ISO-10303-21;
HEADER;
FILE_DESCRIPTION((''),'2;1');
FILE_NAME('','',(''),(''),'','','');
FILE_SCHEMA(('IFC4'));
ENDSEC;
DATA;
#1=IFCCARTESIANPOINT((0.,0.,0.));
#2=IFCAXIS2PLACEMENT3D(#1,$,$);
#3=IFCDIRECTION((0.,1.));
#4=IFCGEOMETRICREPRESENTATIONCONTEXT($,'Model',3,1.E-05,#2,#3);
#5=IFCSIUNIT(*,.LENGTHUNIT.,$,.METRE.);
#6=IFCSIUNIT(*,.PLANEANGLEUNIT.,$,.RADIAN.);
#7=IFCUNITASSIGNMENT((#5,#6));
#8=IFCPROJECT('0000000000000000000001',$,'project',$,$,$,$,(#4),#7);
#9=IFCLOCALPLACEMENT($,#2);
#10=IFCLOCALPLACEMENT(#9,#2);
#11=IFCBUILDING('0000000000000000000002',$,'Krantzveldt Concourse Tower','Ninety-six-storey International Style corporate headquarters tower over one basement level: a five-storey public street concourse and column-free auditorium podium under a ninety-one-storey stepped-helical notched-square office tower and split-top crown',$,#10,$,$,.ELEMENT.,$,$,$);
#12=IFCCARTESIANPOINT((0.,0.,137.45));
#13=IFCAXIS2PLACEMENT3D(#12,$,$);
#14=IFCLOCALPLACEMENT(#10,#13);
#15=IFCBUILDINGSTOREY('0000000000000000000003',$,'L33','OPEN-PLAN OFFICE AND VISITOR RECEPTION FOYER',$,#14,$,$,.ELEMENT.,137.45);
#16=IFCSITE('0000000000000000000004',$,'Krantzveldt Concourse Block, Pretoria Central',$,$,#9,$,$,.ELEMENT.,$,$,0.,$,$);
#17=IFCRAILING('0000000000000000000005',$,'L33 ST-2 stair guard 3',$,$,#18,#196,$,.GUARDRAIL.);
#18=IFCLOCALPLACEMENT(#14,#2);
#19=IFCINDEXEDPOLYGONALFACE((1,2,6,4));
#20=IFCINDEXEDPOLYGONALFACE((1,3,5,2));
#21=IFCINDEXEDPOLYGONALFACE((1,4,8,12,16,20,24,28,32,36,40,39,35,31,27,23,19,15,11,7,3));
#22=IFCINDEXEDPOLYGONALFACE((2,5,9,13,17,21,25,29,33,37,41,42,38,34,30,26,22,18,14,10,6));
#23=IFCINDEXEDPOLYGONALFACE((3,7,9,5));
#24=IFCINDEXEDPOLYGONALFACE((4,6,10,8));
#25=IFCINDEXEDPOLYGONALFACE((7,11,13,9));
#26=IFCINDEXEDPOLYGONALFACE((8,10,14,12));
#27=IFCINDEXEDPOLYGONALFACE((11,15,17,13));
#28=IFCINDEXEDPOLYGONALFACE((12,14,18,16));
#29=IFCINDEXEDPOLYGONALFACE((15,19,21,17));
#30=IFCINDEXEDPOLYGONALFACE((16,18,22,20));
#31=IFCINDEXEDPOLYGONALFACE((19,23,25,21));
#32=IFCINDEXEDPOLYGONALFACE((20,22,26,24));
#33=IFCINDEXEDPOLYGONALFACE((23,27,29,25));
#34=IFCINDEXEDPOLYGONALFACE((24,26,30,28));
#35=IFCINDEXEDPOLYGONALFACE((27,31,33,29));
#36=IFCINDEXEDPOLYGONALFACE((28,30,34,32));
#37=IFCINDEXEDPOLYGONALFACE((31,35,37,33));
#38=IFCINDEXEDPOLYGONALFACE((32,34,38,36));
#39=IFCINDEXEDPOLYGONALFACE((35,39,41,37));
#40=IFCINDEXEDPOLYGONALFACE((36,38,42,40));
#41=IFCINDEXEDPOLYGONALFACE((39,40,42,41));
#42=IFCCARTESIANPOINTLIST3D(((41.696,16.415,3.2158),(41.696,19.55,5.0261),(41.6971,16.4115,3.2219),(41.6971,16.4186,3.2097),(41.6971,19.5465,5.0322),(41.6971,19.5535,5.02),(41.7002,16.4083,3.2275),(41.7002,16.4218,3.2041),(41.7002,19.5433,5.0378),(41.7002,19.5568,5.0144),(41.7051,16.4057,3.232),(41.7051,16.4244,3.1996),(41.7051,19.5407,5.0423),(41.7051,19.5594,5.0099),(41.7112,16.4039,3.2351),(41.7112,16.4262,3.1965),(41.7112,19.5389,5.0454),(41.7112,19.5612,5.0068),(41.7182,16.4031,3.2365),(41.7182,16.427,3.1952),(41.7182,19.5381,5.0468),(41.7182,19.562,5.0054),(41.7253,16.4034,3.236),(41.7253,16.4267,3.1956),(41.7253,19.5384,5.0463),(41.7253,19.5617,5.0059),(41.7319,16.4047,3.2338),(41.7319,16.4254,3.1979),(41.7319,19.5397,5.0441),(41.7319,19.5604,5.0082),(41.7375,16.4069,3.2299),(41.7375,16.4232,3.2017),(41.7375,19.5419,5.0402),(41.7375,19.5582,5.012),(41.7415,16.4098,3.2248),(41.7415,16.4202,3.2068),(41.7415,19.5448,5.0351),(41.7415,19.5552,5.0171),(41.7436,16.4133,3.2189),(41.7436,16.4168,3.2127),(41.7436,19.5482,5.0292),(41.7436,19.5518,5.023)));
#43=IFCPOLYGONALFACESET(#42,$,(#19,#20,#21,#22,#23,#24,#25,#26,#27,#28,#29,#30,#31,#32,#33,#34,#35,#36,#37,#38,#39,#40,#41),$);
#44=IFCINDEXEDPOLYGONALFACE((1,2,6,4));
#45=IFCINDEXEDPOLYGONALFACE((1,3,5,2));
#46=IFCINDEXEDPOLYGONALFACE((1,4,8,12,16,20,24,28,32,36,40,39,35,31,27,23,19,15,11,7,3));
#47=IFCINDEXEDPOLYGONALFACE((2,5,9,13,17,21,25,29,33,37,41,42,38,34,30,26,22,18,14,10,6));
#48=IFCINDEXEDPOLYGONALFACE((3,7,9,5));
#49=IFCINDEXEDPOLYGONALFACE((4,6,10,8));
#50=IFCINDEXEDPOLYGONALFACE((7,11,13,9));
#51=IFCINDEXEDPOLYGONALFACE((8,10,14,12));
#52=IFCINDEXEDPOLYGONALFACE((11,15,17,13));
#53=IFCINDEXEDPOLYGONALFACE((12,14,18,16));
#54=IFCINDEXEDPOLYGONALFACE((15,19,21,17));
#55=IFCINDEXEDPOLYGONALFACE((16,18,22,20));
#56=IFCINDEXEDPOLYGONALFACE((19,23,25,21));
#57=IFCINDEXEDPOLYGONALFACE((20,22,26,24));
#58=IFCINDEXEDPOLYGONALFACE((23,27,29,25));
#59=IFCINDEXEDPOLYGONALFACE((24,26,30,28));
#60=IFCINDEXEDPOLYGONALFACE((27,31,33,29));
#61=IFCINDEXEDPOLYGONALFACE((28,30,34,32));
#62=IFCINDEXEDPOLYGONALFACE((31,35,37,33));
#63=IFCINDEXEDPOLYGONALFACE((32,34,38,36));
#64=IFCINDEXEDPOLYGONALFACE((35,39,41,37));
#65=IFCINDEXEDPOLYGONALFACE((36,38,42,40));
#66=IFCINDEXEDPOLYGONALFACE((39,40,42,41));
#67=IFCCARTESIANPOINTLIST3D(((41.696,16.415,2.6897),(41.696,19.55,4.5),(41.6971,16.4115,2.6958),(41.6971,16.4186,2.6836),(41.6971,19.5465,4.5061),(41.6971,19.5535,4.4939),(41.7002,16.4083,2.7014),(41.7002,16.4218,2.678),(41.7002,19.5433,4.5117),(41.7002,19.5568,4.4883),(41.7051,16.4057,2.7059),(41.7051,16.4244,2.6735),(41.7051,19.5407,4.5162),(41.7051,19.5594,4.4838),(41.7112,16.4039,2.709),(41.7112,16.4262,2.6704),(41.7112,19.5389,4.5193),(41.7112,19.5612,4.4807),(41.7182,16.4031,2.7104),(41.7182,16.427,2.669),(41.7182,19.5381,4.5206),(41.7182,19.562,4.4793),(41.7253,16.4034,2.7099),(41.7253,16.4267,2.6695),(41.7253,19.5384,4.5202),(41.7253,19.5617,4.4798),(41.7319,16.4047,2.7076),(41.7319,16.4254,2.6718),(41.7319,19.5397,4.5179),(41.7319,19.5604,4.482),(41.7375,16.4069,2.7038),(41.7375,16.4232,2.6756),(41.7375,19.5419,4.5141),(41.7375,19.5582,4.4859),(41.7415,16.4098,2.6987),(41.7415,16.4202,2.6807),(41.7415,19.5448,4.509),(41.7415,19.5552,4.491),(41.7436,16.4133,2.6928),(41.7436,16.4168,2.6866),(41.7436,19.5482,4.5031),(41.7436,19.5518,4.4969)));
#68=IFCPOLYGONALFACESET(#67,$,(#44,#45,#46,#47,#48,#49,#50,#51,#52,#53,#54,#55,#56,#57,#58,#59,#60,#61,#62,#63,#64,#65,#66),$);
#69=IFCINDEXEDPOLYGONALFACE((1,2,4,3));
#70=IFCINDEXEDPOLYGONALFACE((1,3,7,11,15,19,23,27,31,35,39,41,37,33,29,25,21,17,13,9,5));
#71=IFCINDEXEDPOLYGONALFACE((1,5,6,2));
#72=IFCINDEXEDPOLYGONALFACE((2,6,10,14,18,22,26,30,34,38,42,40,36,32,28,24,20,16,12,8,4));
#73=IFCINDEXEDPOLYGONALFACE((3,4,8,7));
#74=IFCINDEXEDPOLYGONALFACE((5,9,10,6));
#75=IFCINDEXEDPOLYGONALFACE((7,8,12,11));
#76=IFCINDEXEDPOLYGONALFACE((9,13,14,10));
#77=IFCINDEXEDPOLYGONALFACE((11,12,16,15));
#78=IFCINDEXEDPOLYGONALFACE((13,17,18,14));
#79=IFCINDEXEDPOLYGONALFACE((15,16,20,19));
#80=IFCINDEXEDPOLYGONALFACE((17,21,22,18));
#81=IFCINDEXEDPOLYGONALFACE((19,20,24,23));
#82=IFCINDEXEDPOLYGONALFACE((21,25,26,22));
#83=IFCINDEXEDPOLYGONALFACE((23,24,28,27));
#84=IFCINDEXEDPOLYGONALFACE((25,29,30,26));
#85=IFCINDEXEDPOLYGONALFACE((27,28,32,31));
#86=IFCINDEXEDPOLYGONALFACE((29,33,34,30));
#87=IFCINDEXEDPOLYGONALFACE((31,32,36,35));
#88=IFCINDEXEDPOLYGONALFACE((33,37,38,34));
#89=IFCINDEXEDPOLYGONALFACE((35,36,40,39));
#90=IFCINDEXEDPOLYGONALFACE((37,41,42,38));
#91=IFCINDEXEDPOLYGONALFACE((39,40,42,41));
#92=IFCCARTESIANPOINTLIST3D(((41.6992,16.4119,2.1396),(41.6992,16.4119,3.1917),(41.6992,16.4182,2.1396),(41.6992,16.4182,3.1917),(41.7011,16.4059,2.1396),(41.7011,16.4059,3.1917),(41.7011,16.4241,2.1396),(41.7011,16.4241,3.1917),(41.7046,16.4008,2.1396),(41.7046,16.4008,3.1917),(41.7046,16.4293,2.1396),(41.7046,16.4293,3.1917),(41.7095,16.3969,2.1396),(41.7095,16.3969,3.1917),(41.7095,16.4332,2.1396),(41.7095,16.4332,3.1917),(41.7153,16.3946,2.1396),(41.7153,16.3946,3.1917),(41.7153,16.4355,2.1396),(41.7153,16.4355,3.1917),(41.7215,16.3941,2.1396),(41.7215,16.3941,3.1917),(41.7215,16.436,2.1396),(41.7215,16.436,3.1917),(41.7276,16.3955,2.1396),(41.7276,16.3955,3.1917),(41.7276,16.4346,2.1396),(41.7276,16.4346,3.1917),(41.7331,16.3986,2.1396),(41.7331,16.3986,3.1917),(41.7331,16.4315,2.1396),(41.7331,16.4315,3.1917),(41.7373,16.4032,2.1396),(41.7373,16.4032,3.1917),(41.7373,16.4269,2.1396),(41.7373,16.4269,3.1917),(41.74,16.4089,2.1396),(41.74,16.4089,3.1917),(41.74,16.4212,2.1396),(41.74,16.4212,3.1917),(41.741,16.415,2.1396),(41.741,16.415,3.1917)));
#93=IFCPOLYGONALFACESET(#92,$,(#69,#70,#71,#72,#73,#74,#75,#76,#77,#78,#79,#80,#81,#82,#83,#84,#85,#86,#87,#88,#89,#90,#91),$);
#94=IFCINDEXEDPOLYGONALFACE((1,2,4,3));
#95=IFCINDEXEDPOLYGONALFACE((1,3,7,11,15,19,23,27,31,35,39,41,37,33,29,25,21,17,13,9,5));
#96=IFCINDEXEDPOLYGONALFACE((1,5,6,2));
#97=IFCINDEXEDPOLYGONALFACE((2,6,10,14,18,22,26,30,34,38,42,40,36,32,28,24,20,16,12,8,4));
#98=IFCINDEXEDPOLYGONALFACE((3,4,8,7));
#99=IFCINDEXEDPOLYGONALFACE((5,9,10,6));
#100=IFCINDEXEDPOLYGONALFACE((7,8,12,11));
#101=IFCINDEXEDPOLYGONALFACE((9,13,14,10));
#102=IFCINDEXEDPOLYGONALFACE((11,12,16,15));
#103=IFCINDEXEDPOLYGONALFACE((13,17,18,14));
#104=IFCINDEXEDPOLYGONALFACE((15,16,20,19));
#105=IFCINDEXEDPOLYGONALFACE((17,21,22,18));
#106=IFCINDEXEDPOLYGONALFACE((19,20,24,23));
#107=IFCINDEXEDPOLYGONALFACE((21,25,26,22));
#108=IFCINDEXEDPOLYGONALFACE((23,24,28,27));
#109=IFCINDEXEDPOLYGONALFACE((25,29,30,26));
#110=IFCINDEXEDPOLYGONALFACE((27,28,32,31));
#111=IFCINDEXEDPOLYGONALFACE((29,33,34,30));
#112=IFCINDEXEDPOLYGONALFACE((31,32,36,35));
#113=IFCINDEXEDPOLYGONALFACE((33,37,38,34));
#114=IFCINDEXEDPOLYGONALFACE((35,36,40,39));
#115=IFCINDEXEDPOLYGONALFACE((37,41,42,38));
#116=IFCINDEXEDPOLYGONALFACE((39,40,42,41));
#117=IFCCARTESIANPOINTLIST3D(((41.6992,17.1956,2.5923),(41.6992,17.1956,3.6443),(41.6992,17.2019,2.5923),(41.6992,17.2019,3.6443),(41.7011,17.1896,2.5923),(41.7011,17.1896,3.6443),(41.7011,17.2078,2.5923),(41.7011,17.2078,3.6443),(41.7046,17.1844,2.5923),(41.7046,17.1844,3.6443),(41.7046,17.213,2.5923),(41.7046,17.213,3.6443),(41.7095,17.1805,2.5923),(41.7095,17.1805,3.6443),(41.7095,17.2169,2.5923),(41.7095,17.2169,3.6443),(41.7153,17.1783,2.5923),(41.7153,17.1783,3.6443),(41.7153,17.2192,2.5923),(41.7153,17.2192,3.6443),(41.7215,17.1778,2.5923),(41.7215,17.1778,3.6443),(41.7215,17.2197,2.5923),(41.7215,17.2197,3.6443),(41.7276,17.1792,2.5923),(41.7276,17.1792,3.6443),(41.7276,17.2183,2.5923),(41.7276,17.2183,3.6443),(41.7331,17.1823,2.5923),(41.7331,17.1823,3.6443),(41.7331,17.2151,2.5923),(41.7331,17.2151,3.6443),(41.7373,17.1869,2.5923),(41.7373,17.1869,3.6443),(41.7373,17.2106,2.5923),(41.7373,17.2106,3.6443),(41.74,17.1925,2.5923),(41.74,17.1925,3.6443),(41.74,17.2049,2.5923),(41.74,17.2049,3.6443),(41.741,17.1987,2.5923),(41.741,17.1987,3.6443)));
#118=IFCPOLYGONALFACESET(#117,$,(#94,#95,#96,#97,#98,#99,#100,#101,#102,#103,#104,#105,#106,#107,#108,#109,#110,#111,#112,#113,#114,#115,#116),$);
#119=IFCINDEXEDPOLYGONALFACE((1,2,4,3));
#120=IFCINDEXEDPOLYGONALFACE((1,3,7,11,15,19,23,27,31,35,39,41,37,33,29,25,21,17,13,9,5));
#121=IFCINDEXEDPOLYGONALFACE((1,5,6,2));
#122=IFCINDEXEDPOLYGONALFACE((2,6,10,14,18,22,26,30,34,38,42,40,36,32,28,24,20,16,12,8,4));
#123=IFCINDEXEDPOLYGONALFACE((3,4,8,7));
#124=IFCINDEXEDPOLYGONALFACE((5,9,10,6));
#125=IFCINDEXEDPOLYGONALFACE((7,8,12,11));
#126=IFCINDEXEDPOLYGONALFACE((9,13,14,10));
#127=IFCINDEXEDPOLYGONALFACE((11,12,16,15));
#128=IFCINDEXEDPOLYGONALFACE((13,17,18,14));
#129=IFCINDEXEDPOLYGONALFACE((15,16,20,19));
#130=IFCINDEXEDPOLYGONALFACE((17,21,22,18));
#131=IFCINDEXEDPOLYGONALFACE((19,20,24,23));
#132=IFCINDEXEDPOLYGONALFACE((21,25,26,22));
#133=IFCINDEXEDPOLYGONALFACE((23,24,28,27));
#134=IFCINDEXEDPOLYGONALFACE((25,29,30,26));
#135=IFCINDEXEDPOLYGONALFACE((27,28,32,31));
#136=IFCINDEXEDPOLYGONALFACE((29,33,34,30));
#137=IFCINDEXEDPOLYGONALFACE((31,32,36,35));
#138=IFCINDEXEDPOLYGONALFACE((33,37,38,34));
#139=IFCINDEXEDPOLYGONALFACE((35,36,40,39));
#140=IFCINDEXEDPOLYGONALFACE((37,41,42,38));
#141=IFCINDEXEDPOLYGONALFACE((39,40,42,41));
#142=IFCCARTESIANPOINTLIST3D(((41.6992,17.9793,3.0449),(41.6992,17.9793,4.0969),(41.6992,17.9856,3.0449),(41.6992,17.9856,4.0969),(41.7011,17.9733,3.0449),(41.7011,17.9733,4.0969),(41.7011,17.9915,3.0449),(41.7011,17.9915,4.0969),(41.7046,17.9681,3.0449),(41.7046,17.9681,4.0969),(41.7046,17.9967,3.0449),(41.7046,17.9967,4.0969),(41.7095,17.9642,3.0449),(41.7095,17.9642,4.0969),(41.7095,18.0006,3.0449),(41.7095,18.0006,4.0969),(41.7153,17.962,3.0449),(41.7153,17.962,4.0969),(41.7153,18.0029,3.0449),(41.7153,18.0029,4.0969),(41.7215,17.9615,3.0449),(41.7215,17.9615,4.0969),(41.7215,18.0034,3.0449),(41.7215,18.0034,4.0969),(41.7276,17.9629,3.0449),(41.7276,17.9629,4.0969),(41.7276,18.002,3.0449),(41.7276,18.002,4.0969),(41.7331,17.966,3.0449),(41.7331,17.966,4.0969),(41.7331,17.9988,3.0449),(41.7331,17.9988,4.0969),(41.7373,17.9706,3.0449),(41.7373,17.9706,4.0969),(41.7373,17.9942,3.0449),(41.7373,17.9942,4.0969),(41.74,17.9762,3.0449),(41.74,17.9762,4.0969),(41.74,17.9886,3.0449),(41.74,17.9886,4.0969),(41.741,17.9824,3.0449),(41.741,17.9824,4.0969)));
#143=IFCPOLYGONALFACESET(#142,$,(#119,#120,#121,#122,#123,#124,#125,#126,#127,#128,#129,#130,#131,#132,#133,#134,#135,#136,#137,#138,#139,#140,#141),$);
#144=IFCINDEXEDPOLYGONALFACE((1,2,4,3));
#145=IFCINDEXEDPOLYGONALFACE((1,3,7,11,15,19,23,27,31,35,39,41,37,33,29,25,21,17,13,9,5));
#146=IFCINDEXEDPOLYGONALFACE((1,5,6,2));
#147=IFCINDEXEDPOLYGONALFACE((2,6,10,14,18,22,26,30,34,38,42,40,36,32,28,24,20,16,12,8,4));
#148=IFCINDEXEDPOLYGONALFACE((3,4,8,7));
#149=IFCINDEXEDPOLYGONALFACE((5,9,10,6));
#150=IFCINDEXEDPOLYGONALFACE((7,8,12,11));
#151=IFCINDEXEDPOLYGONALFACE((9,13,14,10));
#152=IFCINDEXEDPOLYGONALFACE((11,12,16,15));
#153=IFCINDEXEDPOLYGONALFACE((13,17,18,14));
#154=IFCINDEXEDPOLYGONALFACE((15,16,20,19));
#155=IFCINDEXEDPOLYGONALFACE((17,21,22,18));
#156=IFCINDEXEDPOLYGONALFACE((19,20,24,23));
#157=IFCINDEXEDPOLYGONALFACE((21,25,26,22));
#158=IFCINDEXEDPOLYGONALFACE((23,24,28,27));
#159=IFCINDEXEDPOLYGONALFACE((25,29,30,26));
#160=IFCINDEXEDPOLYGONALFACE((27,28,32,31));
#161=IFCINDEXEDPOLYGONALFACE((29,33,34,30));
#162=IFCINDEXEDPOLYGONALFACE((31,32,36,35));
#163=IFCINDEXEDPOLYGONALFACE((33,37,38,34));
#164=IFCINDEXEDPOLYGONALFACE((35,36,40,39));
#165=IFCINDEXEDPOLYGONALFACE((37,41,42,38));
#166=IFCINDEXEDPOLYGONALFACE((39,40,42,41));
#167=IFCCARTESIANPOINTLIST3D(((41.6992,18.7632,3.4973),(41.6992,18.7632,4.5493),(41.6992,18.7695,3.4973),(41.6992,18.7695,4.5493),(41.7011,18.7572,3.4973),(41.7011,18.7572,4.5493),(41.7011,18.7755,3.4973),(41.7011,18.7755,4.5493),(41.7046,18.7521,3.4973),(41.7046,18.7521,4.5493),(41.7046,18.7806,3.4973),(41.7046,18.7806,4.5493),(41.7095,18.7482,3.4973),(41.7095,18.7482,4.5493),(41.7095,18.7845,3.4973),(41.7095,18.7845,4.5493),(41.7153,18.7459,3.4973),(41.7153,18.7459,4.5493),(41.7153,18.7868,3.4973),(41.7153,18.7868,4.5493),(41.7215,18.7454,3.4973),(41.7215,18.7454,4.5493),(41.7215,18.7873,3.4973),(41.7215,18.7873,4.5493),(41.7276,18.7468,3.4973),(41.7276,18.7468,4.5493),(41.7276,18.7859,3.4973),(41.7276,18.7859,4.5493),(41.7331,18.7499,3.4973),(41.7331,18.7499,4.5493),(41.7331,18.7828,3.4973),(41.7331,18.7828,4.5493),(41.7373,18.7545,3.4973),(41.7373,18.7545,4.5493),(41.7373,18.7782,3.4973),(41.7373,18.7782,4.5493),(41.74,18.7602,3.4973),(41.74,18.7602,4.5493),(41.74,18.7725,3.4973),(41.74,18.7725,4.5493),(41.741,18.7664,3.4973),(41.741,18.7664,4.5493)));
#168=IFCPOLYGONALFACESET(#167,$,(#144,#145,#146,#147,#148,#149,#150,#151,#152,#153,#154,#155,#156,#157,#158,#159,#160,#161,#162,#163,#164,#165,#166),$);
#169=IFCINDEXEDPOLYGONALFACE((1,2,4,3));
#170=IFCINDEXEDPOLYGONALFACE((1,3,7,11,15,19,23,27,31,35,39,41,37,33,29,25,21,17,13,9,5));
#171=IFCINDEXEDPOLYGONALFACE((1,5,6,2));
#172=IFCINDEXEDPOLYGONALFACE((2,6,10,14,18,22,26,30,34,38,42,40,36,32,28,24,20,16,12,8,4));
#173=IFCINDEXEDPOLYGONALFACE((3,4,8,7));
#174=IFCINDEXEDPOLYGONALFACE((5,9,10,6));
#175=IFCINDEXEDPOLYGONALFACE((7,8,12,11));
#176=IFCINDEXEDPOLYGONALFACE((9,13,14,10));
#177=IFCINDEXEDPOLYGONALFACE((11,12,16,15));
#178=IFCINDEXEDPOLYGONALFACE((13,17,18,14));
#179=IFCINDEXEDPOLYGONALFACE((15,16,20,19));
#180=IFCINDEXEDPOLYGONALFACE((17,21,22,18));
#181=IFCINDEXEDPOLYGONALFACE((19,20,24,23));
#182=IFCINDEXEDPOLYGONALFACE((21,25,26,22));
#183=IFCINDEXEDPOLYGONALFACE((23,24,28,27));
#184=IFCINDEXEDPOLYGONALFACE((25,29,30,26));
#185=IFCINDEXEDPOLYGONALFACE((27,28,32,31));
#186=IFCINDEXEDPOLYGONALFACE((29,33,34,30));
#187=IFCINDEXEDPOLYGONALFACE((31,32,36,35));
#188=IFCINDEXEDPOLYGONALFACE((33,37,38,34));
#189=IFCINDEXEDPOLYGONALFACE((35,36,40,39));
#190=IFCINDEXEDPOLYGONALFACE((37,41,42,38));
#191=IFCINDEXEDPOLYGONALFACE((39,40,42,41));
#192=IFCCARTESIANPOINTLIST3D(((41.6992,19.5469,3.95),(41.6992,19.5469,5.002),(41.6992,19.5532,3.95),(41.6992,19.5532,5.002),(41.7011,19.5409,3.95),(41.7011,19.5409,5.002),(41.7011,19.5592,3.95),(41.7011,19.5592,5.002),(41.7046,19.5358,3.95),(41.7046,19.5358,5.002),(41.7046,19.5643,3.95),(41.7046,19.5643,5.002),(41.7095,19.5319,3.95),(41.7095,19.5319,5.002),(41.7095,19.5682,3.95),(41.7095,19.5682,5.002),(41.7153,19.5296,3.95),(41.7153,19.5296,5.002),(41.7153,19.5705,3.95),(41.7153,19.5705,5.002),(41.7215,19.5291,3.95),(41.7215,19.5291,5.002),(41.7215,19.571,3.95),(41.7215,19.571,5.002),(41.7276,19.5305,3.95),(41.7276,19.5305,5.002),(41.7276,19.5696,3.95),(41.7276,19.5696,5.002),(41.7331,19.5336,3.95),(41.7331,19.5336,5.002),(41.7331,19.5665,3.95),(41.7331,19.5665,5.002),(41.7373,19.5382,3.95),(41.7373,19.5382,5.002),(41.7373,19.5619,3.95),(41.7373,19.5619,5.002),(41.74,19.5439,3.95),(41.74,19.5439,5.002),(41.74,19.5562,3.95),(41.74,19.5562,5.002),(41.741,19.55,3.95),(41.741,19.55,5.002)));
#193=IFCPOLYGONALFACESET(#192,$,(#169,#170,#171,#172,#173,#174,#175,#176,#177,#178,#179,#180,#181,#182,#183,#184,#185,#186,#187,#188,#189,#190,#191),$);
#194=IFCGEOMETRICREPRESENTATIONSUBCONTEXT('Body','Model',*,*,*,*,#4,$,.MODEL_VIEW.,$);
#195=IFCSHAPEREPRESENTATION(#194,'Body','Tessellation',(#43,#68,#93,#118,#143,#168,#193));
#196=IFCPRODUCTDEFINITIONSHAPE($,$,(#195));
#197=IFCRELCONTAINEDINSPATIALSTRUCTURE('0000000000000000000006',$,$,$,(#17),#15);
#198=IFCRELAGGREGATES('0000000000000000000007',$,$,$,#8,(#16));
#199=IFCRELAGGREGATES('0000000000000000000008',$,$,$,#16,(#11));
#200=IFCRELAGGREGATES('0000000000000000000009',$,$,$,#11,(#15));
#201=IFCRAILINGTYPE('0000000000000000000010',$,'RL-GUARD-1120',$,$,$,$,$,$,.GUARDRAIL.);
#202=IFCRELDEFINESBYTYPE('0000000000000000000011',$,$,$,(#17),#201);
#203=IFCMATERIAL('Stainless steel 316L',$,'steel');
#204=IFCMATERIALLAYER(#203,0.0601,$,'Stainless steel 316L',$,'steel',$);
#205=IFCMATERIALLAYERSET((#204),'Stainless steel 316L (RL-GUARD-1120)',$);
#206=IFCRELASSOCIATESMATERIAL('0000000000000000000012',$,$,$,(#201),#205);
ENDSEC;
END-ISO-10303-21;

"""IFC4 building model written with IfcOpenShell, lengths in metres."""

from ifc_helpers import new_model, si_unit, direction, frame, origin, origin_2d, place, context, subcontext, project, spatial, circle, extrude, material, layer, layer_set, type_object, element, save


model = new_model("IFC4")

# Units and contexts
model_context = context("Model", 3, precision=1e-05, world=origin(), true_north=direction((0.0, 1.0)))
body_context = subcontext(model_context, "Body", "Model", "MODEL_VIEW")
ifc_project = project(units=[si_unit("LENGTHUNIT", "METRE"), si_unit("PLANEANGLEUNIT", "RADIAN")], contexts=[model_context])

# Site, building, storey
site_placement = place(None, origin())
site = spatial("IfcSite", under=ifc_project, at=site_placement, Name="Krantzveldt Concourse Block, Pretoria Central", CompositionType="ELEMENT", RefElevation=0.0)
building_placement = place(site_placement, origin())
building = spatial("IfcBuilding", under=site, at=building_placement, Name="Krantzveldt Concourse Tower", Description="Ninety-six-storey International Style corporate headquarters tower over one basement level: a five-storey public street concourse and column-free auditorium podium under a ninety-one-storey stepped-helical notched-square office tower and split-top crown", CompositionType="ELEMENT")
storey_placement = place(building_placement, frame((0.0, 0.0, 137.45)))
storey = spatial("IfcBuildingStorey", under=building, at=storey_placement, Name="L33", Description="OPEN-PLAN OFFICE AND VISITOR RECEPTION FOYER", CompositionType="ELEMENT", Elevation=137.45)

# Shared definitions
ifc_material_1 = material(Name="Stainless steel 316L", Category="steel")

# Railing
ifc_layer_1 = layer(ifc_material_1, 0.0601, Name="Stainless steel 316L", Category="steel")
ifc_layer_set_1 = layer_set([ifc_layer_1], Name="Stainless steel 316L (RL-GUARD-1120)")
railing_type_1 = type_object("IfcRailingType", Name="RL-GUARD-1120", PredefinedType="GUARDRAIL", material=ifc_layer_set_1)
railing_1_placement = place(storey_placement, frame((41.72, 16.415, 2.1396)))
element("IfcRailing", 1, at=railing_1_placement, inside=storey, type_object=railing_type_1, Name="L33 ST-2 stair guard 3", PredefinedType="GUARDRAIL", context=body_context, shape_type="SweptSolid", body=[
    extrude(circle(Radius=0.0239, at=origin_2d()), frame((0.0, 0.0, 1.0762), z_axis=(0.0, 0.865989, 0.500063), x_axis=(-1.0, 0.0, 0.0)), (0.0, 0.0, 1.0), 3.6201),
    extrude(circle(Radius=0.0239, at=origin_2d()), frame((0.0, 0.0, 0.55), z_axis=(0.0, 0.865989, 0.500063), x_axis=(-1.0, 0.0, 0.0)), (0.0, 0.0, 1.0), 3.6201),
    extrude(circle(Radius=0.021, at=origin_2d()), origin(), (0.0, 0.0, 1.0), 1.052),
    extrude(circle(Radius=0.021, at=origin_2d()), frame((0.0, 0.7837, 0.4526)), (0.0, 0.0, 1.0), 1.052),
    extrude(circle(Radius=0.021, at=origin_2d()), frame((0.0, 1.5674, 0.9053)), (0.0, 0.0, 1.0), 1.052),
    extrude(circle(Radius=0.021, at=origin_2d()), frame((0.0, 2.3513, 1.3577)), (0.0, 0.0, 1.0), 1.052),
    extrude(circle(Radius=0.021, at=origin_2d()), frame((0.0, 3.135, 1.8103)), (0.0, 0.0, 1.0), 1.052),
])

save(model, "model.ifc")
